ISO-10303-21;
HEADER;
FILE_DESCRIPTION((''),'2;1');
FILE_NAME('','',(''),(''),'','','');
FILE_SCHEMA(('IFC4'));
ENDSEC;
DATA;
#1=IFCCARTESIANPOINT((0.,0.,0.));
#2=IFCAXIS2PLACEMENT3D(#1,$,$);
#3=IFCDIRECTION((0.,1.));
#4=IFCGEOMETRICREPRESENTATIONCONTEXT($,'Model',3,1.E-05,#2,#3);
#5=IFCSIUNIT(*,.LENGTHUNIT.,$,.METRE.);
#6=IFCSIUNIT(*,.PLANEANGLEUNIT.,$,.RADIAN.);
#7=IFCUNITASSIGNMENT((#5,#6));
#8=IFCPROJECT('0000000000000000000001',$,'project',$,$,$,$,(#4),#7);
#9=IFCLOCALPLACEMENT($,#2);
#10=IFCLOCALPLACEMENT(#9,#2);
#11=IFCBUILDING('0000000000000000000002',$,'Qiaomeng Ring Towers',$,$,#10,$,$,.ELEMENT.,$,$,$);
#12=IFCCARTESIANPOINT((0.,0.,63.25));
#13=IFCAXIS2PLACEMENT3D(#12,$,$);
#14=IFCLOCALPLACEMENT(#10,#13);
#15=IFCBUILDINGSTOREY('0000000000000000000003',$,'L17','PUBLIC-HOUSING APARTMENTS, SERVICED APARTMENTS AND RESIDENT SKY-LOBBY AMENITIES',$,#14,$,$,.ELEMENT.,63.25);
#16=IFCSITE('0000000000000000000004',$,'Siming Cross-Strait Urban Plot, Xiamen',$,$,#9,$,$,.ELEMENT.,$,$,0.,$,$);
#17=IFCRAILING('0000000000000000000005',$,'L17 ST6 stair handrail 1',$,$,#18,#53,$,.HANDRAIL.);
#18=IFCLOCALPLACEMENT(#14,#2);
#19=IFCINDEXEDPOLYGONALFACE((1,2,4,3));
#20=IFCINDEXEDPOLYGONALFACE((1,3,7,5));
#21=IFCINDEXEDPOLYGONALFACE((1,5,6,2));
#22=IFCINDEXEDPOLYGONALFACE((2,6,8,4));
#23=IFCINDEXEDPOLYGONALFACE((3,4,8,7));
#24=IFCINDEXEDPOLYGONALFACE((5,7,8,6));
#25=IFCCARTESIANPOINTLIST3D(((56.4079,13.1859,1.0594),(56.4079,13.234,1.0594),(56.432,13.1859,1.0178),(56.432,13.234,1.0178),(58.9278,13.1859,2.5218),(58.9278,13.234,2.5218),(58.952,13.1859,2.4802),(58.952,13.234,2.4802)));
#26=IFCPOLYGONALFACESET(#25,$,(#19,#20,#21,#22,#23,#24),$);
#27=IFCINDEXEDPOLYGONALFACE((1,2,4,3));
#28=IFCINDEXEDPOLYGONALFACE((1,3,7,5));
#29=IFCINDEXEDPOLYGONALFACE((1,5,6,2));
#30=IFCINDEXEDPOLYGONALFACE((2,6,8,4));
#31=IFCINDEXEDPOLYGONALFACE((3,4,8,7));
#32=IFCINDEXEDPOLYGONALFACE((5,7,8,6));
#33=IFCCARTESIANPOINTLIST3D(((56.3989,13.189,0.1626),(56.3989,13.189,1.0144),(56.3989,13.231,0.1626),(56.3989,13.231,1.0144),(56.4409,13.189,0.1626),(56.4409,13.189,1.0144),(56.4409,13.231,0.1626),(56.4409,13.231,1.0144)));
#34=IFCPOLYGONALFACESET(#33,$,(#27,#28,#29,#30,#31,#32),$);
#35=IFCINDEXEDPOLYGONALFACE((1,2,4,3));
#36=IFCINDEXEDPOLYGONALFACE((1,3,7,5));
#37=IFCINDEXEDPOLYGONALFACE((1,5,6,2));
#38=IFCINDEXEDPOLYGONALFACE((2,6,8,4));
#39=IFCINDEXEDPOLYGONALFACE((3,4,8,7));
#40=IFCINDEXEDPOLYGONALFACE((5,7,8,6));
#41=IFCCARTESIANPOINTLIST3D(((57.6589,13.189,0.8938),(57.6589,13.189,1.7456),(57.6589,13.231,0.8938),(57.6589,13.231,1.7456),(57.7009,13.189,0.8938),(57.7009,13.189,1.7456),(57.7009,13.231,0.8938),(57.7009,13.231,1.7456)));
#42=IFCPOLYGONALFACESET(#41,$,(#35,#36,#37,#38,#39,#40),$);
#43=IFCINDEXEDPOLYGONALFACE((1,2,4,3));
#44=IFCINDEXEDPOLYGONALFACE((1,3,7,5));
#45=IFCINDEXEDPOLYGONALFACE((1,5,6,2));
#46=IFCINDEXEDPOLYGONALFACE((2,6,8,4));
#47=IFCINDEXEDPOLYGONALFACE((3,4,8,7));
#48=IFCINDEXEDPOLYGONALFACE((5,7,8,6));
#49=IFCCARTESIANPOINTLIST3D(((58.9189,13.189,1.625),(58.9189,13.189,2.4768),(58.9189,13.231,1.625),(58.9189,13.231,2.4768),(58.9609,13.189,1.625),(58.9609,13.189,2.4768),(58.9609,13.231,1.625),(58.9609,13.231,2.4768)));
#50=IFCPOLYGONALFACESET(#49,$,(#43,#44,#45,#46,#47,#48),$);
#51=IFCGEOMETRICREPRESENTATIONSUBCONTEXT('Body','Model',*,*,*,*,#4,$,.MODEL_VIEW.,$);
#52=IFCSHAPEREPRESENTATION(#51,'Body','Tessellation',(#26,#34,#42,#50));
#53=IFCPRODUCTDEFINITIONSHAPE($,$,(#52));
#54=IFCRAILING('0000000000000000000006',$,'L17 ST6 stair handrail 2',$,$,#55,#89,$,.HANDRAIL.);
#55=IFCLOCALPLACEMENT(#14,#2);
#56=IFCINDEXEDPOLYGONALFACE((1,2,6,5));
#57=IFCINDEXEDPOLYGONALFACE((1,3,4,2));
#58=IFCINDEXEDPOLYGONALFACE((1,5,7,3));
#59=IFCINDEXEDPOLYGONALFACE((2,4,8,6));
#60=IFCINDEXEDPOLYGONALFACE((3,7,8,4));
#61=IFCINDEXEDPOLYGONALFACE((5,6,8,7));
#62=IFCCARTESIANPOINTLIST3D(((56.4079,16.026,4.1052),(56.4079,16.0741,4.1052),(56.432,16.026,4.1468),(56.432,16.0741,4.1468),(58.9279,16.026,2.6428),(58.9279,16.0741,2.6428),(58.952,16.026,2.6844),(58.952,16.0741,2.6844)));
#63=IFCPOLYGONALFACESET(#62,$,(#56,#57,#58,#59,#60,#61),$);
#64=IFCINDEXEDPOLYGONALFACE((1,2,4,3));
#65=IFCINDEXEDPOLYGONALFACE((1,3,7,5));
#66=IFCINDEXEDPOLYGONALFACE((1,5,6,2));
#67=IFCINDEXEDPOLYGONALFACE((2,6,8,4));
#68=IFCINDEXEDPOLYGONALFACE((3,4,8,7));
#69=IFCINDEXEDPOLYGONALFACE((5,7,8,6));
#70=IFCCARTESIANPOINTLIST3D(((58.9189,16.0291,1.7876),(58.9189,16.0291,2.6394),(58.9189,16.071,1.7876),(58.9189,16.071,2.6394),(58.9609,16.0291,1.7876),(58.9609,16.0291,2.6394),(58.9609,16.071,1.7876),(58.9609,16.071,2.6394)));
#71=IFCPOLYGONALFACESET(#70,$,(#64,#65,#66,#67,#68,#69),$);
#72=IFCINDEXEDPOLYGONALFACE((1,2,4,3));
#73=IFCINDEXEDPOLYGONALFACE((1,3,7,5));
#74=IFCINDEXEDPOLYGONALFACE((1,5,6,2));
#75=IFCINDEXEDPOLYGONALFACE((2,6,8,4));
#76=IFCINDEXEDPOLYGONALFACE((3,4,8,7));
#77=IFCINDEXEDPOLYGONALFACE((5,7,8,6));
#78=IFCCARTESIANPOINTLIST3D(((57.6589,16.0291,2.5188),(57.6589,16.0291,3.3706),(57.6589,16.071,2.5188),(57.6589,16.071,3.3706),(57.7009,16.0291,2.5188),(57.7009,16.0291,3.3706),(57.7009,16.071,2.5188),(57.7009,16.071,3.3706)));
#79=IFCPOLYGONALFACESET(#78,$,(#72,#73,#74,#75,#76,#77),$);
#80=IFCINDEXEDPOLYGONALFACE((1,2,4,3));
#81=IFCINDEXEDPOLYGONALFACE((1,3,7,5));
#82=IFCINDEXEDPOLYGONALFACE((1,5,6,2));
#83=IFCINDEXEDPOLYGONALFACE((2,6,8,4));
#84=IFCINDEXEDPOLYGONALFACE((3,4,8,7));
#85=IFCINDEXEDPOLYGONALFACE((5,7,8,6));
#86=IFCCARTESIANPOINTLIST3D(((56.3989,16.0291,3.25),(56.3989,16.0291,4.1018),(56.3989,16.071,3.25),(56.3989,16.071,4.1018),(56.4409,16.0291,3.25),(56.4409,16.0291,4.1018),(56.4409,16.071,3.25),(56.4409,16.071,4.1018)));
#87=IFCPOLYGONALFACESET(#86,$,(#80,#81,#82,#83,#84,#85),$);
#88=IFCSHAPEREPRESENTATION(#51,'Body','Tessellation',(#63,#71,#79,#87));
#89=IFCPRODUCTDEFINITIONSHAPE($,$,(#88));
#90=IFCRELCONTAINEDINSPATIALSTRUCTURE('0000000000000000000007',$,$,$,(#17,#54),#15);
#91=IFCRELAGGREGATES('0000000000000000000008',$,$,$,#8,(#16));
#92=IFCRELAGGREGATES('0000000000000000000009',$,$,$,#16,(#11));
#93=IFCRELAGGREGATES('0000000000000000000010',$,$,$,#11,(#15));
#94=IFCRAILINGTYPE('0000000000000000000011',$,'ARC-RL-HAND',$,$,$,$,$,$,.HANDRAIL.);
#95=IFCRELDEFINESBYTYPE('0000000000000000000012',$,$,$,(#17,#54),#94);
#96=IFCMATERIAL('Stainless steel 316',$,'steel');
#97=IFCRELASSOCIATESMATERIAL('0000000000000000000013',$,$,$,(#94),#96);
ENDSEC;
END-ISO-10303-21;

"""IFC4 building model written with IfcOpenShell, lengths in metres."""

from ifc_helpers import new_model, si_unit, direction, frame, origin, origin_2d, place, context, subcontext, project, spatial, rectangle, extrude, material, type_object, element, save


model = new_model("IFC4")

# Units and contexts
model_context = context("Model", 3, precision=1e-05, world=origin(), true_north=direction((0.0, 1.0)))
body_context = subcontext(model_context, "Body", "Model", "MODEL_VIEW")
ifc_project = project(units=[si_unit("LENGTHUNIT", "METRE"), si_unit("PLANEANGLEUNIT", "RADIAN")], contexts=[model_context])

# Site, building, storey
site_placement = place(None, origin())
site = spatial("IfcSite", under=ifc_project, at=site_placement, Name="Siming Cross-Strait Urban Plot, Xiamen", CompositionType="ELEMENT", RefElevation=0.0)
building_placement = place(site_placement, origin())
building = spatial("IfcBuilding", under=site, at=building_placement, Name="Qiaomeng Ring Towers", CompositionType="ELEMENT")
storey_placement = place(building_placement, frame((0.0, 0.0, 63.25)))
storey = spatial("IfcBuildingStorey", under=building, at=storey_placement, Name="L17", Description="PUBLIC-HOUSING APARTMENTS, SERVICED APARTMENTS AND RESIDENT SKY-LOBBY AMENITIES", CompositionType="ELEMENT", Elevation=63.25)

# Shared definitions
ifc_material_1 = material(Name="Stainless steel 316", Category="steel")

# Railings
railing_type_1 = type_object("IfcRailingType", Name="ARC-RL-HAND", PredefinedType="HANDRAIL", material=ifc_material_1)
railing_1_placement = place(storey_placement, frame((56.4199, 13.21, 0.1626)))
element("IfcRailing", 1, at=railing_1_placement, inside=storey, type_object=railing_type_1, Name="L17 ST6 stair handrail 1", PredefinedType="HANDRAIL", context=body_context, shape_type="SweptSolid", body=[
    extrude(rectangle(XDim=0.0481, YDim=0.0481, at=origin_2d()), frame((0.0, 0.0, 0.876), z_axis=(0.864913, 0.0, 0.501921), x_axis=(0.0, 1.0, 0.0)), (0.0, 0.0, 1.0), 2.9136),
    extrude(rectangle(XDim=0.042, YDim=0.042, at=origin_2d()), origin(), (0.0, 0.0, 1.0), 0.8518),
    extrude(rectangle(XDim=0.042, YDim=0.042, at=origin_2d()), frame((1.26, 0.0, 0.7312)), (0.0, 0.0, 1.0), 0.8518),
    extrude(rectangle(XDim=0.042, YDim=0.042, at=origin_2d()), frame((2.52, 0.0, 1.4624)), (0.0, 0.0, 1.0), 0.8518),
])
railing_2_placement = place(storey_placement, frame((58.9399, 16.05, 1.7876)))
element("IfcRailing", 2, at=railing_2_placement, inside=storey, type_object=railing_type_1, Name="L17 ST6 stair handrail 2", PredefinedType="HANDRAIL", context=body_context, shape_type="SweptSolid", body=[
    extrude(rectangle(XDim=0.0481, YDim=0.0481, at=origin_2d()), frame((0.0, 0.0, 0.876), z_axis=(-0.864913, 0.0, 0.501921), x_axis=(0.0, -1.0, 0.0)), (0.0, 0.0, 1.0), 2.9136),
    extrude(rectangle(XDim=0.042, YDim=0.042, at=origin_2d()), origin(), (0.0, 0.0, 1.0), 0.8518),
    extrude(rectangle(XDim=0.042, YDim=0.042, at=origin_2d()), frame((-1.26, 0.0, 0.7312)), (0.0, 0.0, 1.0), 0.8518),
    extrude(rectangle(XDim=0.042, YDim=0.042, at=origin_2d()), frame((-2.52, 0.0, 1.4624)), (0.0, 0.0, 1.0), 0.8518),
])

save(model, "model.ifc")
